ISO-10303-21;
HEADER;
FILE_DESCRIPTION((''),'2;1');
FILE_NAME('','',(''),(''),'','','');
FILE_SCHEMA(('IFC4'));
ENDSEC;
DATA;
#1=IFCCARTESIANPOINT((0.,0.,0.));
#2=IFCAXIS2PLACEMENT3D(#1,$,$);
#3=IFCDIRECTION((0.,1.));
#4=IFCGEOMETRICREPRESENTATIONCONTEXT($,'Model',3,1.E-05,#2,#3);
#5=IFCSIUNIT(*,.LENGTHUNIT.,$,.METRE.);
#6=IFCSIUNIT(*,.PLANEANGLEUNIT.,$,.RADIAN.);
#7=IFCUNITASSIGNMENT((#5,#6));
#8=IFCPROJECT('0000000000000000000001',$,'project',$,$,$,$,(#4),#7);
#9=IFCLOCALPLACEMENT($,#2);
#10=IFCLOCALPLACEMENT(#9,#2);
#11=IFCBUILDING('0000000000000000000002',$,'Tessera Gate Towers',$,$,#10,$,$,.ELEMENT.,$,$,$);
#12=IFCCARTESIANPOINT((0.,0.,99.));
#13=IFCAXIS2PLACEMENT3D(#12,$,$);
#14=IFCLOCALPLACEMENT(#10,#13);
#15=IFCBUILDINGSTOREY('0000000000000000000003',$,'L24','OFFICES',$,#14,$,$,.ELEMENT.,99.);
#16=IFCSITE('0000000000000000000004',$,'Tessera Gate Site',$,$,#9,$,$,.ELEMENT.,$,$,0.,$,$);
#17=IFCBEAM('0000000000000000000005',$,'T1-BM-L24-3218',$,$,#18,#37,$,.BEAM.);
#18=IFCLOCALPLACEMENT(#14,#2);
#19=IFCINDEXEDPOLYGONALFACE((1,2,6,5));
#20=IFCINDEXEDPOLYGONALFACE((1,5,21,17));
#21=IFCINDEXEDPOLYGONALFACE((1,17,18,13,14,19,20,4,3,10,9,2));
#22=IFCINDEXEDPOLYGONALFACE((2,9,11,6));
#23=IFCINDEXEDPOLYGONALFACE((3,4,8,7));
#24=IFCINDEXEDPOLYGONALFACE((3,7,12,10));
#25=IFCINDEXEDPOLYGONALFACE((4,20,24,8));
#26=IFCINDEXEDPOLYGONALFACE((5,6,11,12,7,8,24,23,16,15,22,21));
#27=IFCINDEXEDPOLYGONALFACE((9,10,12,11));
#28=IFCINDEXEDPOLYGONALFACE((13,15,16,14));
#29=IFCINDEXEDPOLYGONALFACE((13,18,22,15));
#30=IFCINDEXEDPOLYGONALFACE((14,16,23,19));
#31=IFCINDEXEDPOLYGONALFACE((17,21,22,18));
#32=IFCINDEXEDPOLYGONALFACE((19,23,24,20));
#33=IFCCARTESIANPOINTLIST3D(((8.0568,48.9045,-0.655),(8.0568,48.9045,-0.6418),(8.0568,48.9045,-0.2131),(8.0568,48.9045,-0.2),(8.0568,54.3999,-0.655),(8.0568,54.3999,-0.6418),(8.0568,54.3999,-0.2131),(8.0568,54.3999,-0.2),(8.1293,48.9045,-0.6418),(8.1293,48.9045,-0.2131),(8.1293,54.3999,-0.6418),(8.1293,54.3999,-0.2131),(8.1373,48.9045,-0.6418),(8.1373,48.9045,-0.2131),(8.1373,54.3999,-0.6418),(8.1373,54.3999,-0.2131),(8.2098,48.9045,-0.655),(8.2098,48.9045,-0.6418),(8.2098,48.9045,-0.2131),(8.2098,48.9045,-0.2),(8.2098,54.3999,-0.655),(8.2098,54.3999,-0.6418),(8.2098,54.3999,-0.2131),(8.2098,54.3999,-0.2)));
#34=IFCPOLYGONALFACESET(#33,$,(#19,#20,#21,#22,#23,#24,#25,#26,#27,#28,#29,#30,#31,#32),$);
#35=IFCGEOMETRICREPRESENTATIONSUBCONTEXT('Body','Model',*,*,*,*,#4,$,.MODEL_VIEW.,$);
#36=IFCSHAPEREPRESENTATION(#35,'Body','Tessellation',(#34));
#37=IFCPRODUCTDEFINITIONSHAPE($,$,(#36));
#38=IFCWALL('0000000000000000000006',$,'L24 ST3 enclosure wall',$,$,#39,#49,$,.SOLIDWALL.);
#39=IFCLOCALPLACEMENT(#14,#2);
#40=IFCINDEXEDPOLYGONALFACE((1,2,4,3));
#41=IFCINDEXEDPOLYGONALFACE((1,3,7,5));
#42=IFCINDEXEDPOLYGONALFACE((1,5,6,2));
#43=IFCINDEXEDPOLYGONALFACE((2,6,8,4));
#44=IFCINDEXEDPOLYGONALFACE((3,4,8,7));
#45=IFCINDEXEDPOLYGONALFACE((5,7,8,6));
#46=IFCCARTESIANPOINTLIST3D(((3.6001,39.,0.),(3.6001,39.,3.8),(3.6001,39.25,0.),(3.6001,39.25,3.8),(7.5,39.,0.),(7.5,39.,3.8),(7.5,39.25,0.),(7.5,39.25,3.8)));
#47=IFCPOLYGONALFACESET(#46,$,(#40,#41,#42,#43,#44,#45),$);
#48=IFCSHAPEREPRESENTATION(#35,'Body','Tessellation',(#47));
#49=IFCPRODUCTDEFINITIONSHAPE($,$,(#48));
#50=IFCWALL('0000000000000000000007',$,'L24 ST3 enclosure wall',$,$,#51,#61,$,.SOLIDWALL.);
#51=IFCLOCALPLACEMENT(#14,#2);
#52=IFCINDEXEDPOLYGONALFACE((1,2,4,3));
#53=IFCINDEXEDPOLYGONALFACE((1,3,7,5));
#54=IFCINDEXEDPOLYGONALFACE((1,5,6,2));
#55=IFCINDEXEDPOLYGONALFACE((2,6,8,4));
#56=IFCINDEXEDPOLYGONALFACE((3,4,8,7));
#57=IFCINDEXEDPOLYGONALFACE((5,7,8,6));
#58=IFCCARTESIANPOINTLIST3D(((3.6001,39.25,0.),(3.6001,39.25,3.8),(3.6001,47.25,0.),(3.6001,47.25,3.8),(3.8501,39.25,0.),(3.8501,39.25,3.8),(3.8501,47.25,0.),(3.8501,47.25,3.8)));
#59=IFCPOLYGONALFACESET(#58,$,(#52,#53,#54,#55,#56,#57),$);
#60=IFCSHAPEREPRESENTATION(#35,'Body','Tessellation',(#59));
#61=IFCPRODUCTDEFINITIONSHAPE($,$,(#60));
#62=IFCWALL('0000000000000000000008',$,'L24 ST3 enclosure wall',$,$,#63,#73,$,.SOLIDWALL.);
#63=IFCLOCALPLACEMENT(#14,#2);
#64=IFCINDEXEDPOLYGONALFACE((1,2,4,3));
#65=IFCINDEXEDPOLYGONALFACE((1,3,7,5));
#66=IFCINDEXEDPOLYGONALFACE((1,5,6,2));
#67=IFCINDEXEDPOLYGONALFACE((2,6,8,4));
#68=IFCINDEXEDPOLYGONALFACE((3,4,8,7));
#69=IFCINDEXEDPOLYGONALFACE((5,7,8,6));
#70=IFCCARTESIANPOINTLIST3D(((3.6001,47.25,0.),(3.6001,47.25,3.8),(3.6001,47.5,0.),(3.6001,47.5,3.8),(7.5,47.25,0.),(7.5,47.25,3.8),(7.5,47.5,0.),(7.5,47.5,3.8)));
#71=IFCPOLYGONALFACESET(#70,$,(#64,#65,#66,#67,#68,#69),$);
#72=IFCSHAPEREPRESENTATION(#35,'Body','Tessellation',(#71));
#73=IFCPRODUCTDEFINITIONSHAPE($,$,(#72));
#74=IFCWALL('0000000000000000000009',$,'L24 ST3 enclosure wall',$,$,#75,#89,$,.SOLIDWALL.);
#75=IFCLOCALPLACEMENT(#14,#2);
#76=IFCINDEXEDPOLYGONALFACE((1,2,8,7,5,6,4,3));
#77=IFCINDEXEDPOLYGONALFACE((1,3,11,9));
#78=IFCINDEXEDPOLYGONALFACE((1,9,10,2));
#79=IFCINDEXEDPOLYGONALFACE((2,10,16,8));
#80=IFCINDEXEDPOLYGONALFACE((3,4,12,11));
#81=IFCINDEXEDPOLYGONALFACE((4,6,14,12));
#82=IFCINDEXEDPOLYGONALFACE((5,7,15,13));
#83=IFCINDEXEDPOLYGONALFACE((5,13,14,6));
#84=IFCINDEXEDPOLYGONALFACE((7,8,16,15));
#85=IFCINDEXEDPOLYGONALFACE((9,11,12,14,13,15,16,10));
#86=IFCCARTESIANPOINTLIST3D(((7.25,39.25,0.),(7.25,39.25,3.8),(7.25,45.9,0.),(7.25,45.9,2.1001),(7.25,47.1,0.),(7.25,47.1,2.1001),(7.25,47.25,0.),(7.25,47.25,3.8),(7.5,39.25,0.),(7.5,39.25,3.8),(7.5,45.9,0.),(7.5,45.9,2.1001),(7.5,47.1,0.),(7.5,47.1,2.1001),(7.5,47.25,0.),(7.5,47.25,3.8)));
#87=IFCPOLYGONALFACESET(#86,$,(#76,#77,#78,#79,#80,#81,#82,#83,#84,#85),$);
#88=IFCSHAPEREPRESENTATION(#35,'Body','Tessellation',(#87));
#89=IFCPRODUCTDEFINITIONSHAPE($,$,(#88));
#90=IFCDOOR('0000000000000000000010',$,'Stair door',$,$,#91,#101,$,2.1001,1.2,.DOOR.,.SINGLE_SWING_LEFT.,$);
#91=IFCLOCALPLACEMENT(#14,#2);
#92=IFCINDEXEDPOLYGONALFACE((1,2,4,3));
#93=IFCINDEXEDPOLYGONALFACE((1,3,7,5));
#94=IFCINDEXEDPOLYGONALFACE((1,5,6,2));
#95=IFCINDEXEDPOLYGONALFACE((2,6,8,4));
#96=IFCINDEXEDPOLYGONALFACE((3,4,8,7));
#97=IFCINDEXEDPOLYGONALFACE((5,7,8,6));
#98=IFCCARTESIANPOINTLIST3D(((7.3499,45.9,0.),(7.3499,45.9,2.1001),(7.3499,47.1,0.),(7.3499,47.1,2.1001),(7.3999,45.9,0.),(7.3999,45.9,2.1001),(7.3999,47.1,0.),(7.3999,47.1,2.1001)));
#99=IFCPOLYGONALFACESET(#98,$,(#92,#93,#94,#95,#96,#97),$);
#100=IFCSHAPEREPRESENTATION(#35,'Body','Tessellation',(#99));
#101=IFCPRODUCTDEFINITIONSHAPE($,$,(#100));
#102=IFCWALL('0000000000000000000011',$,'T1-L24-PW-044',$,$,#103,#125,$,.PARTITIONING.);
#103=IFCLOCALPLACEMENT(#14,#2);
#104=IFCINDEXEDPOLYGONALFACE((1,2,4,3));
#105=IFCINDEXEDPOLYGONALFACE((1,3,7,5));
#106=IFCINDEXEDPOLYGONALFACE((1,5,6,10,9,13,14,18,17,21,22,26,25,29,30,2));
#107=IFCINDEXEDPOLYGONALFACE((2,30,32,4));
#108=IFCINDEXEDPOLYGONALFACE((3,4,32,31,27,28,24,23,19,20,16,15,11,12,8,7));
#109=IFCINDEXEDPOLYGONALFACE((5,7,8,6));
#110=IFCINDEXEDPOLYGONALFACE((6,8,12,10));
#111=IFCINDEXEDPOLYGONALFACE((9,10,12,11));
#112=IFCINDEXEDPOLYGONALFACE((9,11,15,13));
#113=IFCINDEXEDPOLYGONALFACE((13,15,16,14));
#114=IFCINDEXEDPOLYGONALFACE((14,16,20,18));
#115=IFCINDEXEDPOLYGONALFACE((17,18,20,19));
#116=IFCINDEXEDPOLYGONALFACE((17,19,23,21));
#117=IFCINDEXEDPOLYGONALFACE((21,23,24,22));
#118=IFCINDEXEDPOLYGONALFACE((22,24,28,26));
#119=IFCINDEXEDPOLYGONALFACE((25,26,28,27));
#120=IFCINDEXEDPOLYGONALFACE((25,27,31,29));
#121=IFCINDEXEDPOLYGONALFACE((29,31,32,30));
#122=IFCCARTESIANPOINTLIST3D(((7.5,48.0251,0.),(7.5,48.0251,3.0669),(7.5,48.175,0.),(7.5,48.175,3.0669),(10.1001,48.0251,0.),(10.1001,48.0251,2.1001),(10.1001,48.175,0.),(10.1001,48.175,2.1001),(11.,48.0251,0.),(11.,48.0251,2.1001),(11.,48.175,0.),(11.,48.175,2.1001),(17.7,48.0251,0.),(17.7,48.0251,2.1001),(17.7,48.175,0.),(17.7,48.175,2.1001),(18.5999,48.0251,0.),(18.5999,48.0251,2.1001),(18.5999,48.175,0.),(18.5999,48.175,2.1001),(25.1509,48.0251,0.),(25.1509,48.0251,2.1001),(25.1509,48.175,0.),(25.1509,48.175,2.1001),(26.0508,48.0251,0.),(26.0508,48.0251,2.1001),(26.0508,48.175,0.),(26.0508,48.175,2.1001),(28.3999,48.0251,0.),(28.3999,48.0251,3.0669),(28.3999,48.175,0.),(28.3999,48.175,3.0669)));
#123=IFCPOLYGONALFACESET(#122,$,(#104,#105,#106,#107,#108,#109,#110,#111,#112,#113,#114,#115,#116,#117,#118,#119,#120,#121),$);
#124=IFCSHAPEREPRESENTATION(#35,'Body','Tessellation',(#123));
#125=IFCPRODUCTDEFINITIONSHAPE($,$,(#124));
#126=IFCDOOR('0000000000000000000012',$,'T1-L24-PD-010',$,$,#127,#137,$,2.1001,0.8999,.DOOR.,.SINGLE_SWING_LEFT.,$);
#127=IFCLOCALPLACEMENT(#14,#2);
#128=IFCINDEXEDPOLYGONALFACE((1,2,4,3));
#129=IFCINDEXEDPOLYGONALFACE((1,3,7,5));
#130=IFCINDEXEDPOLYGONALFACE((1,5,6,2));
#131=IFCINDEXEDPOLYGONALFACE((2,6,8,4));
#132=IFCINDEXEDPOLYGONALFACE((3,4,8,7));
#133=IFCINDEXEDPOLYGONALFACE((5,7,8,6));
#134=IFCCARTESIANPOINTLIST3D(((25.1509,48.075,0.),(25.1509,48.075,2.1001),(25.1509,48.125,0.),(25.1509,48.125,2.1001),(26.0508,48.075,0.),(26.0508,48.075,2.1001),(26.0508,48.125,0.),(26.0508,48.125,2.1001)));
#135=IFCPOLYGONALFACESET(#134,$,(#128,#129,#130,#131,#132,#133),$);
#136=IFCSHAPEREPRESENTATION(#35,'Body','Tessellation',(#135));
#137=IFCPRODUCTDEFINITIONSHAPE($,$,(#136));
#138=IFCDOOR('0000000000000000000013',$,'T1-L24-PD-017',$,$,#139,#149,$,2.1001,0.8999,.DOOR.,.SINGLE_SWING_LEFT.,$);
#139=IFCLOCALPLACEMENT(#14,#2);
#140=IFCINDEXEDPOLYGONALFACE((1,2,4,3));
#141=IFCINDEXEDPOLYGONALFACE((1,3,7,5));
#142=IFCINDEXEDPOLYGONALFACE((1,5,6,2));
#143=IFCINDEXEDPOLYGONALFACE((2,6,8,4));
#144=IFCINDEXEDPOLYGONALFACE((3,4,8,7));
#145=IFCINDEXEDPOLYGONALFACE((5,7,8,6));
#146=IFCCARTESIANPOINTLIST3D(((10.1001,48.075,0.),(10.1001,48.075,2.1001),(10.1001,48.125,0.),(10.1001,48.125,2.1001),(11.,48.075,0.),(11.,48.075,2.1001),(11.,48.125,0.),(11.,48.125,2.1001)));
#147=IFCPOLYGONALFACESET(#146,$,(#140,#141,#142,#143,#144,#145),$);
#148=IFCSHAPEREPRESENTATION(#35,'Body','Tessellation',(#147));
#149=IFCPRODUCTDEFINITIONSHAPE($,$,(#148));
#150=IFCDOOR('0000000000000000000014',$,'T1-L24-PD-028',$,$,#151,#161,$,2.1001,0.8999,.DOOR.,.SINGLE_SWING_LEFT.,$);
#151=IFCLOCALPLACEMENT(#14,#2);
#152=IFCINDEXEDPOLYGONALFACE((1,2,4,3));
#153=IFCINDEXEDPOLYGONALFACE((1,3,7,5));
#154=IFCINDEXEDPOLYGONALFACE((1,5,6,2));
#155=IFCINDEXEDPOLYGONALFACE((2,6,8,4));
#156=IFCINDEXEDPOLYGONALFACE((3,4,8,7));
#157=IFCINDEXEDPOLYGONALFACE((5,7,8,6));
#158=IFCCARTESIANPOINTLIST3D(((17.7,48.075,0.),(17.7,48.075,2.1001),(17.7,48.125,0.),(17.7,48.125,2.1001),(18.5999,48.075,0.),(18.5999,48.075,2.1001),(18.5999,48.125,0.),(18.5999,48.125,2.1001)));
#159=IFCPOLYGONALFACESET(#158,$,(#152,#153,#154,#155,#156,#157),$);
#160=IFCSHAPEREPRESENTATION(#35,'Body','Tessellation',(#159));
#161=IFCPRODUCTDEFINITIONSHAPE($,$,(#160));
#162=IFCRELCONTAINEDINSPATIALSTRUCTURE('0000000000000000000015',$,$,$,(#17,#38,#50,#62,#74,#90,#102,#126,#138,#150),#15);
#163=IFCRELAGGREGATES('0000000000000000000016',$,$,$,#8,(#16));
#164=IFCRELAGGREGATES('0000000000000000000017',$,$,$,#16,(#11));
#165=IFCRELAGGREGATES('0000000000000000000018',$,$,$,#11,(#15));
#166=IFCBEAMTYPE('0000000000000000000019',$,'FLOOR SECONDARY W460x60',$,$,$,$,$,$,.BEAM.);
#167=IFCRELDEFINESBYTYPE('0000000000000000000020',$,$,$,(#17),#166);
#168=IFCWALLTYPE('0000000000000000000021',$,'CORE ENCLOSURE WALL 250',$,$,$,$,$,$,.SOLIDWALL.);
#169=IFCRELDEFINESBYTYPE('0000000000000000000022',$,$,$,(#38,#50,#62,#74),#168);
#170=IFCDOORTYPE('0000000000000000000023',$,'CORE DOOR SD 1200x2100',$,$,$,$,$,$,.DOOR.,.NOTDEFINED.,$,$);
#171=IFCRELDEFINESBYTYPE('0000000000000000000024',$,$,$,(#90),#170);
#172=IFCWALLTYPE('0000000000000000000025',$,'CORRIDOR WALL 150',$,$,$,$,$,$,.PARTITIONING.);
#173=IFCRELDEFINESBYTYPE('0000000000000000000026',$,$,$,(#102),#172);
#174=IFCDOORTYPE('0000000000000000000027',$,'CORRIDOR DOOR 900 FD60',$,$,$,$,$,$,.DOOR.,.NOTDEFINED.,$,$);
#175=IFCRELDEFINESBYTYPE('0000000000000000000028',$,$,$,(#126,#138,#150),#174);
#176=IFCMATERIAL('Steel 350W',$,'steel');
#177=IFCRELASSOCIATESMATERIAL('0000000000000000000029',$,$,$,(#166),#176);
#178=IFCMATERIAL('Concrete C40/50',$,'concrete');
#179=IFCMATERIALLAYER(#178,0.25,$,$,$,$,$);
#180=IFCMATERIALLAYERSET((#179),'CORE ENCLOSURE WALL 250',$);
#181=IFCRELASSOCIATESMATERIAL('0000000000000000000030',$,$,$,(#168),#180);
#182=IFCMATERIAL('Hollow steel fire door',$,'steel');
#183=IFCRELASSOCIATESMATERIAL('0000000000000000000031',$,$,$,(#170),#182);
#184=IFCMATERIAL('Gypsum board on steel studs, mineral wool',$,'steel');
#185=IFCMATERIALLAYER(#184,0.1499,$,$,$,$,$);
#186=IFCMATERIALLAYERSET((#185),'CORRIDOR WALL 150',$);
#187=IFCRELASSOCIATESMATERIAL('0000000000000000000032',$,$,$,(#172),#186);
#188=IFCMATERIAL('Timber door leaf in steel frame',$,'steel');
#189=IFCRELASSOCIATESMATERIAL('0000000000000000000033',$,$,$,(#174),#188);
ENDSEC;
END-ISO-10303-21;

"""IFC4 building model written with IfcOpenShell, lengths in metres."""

from ifc_helpers import new_model, si_unit, direction, frame, frame_2d, origin, origin_2d, place, context, subcontext, project, spatial, rectangle, i_section, extrude, source, transform, mapped, material, layer, layer_set, material_profile, profile_set, type_object, element, fill, save


model = new_model("IFC4")

# Units and contexts
model_context = context("Model", 3, precision=1e-05, world=origin(), true_north=direction((0.0, 1.0)))
body_context = subcontext(model_context, "Body", "Model", "MODEL_VIEW")
ifc_project = project(units=[si_unit("LENGTHUNIT", "METRE"), si_unit("PLANEANGLEUNIT", "RADIAN")], contexts=[model_context])

# Site, building, storey
site_placement = place(None, origin())
site = spatial("IfcSite", under=ifc_project, at=site_placement, Name="Tessera Gate Site", CompositionType="ELEMENT", RefElevation=0.0)
building_placement = place(site_placement, origin())
building = spatial("IfcBuilding", under=site, at=building_placement, Name="Tessera Gate Towers", CompositionType="ELEMENT")
storey_placement = place(building_placement, frame((0.0, 0.0, 99.0)))
storey = spatial("IfcBuildingStorey", under=building, at=storey_placement, Name="L24", Description="OFFICES", CompositionType="ELEMENT", Elevation=99.0)

# Beam
ifc_material_1 = material(Name="Steel 350W", Category="steel")
ifc_material_profile_1 = material_profile(ifc_material_1, i_section(OverallWidth=0.1531, OverallDepth=0.4551, WebThickness=0.0081, FlangeThickness=0.0132, at=origin_2d()), Name="W460x60")
ifc_profile_set_1 = profile_set([ifc_material_profile_1], Name="Steel 350W")
beam_type_1 = type_object("IfcBeamType", Name="FLOOR SECONDARY W460x60", PredefinedType="BEAM", material=ifc_profile_set_1)
beam_1_placement = place(storey_placement, frame((8.1333, 48.9045, -0.4275), z_axis=(0.0, 1.0, 0.0), x_axis=(-1.0, 0.0, 0.0)))
element("IfcBeam", 1, at=beam_1_placement, inside=storey, type_object=beam_type_1, Name="T1-BM-L24-3218", PredefinedType="BEAM", context=body_context, shape_type="SweptSolid", body=[
    extrude(i_section(OverallWidth=0.1531, OverallDepth=0.4551, WebThickness=0.0081, FlangeThickness=0.0132, at=origin_2d()), origin(), (0.0, 0.0, 1.0), 5.4954),
])

# Walls
ifc_material_2 = material(Name="Concrete C40/50", Category="concrete")
ifc_layer_1 = layer(ifc_material_2, 0.25)
ifc_layer_set_1 = layer_set([ifc_layer_1], Name="CORE ENCLOSURE WALL 250")
wall_type_1 = type_object("IfcWallType", Name="CORE ENCLOSURE WALL 250", PredefinedType="SOLIDWALL", material=ifc_layer_set_1)
wall_1_placement = place(storey_placement, frame((7.5, 39.125, 0.0), z_axis=(0.0, 0.0, 1.0), x_axis=(-1.0, 0.0, 0.0)))
element("IfcWall", 2, at=wall_1_placement, inside=storey, type_object=wall_type_1, Name="L24 ST3 enclosure wall", PredefinedType="SOLIDWALL", context=body_context, shape_type="SweptSolid", body=[
    extrude(rectangle(XDim=3.8999, YDim=0.25, at=frame_2d((1.95, 0.0))), origin(), (0.0, 0.0, 1.0), 3.8),
])
wall_2_placement = place(storey_placement, frame((3.7251, 39.25, 0.0), z_axis=(0.0, 0.0, 1.0), x_axis=(0.0, 1.0, 0.0)))
element("IfcWall", 3, at=wall_2_placement, inside=storey, type_object=wall_type_1, Name="L24 ST3 enclosure wall", PredefinedType="SOLIDWALL", context=body_context, shape_type="SweptSolid", body=[
    extrude(rectangle(XDim=8.0, YDim=0.25, at=frame_2d((4.0, 0.0))), origin(), (0.0, 0.0, 1.0), 3.8),
])
wall_3_placement = place(storey_placement, frame((3.6001, 47.375, 0.0), z_axis=(0.0, 0.0, 1.0), x_axis=(1.0, 0.0, 0.0)))
element("IfcWall", 4, at=wall_3_placement, inside=storey, type_object=wall_type_1, Name="L24 ST3 enclosure wall", PredefinedType="SOLIDWALL", context=body_context, shape_type="SweptSolid", body=[
    extrude(rectangle(XDim=3.8999, YDim=0.25, at=frame_2d((1.95, 0.0))), origin(), (0.0, 0.0, 1.0), 3.8),
])

# Wall, opening, door
wall_4_placement = place(storey_placement, frame((7.375, 47.25, 0.0), z_axis=(0.0, 0.0, 1.0), x_axis=(0.0, -1.0, 0.0)))
wall_4 = element("IfcWall", 5, at=wall_4_placement, inside=storey, type_object=wall_type_1, Name="L24 ST3 enclosure wall", PredefinedType="SOLIDWALL", context=body_context, shape_type="SweptSolid", body=[
    extrude(rectangle(XDim=8.0, YDim=0.25, at=frame_2d((4.0, 0.0))), origin(), (0.0, 0.0, 1.0), 3.8),
])
shared_shape_1 = source(origin(), body_context, "Body", "SweptSolid", [
    extrude(rectangle(XDim=1.2, YDim=2.1001, at=frame_2d((0.6001, 1.05))), frame((0.0, 0.135, 0.0), z_axis=(0.0, -1.0, 0.0), x_axis=(1.0, 0.0, 0.0)), (0.0, 0.0, 1.0), 0.27),
])
opening_1_placement = place(wall_4_placement, frame((0.1499, 0.0, 0.0)))
opening_1 = element("IfcOpeningElement", 6, at=opening_1_placement, cuts=wall_4, PredefinedType="OPENING", context=body_context, shape_type="MappedRepresentation", body=[
    mapped(shared_shape_1, transform((0.0, 0.0, 0.0), scale=1.0)),
])
ifc_material_3 = material(Name="Hollow steel fire door", Category="steel")
door_type_1 = type_object("IfcDoorType", Name="CORE DOOR SD 1200x2100", OperationType="NOTDEFINED", PredefinedType="DOOR", material=ifc_material_3)
shared_shape_2 = source(origin(), body_context, "Body", "SweptSolid", [
    extrude(rectangle(XDim=1.2, YDim=2.1001, at=frame_2d((0.6001, 1.05))), frame((0.0, 0.0249, 0.0), z_axis=(0.0, -1.0, 0.0), x_axis=(1.0, 0.0, 0.0)), (0.0, 0.0, 1.0), 0.05),
])
door_1_placement = place(opening_1_placement, origin())
door_1 = element("IfcDoor", 7, at=door_1_placement, inside=storey, type_object=door_type_1, Name="Stair door", OperationType="SINGLE_SWING_LEFT", OverallHeight=2.1001, OverallWidth=1.2, PredefinedType="DOOR", context=body_context, shape_type="MappedRepresentation", body=[
    mapped(shared_shape_2, transform((0.0, 0.0, 0.0), scale=1.0)),
])
fill(opening_1, door_1)

# Wall, openings, doors
ifc_material_4 = material(Name="Gypsum board on steel studs, mineral wool", Category="steel")
ifc_layer_2 = layer(ifc_material_4, 0.1499)
ifc_layer_set_2 = layer_set([ifc_layer_2], Name="CORRIDOR WALL 150")
wall_type_2 = type_object("IfcWallType", Name="CORRIDOR WALL 150", PredefinedType="PARTITIONING", material=ifc_layer_set_2)
wall_5_placement = place(storey_placement, frame((7.5, 48.1001, 0.0), z_axis=(0.0, 0.0, 1.0), x_axis=(1.0, 0.0, 0.0)))
wall_5 = element("IfcWall", 8, at=wall_5_placement, inside=storey, type_object=wall_type_2, Name="T1-L24-PW-044", PredefinedType="PARTITIONING", context=body_context, shape_type="SweptSolid", body=[
    extrude(rectangle(XDim=20.8999, YDim=0.1499, at=frame_2d((10.45, 0.0))), origin(), (0.0, 0.0, 1.0), 3.0669),
])
shared_shape_3 = source(origin(), body_context, "Body", "SweptSolid", [
    extrude(rectangle(XDim=0.8999, YDim=2.1001, at=frame_2d((0.45, 1.05))), frame((0.0, 0.085, 0.0), z_axis=(0.0, -1.0, 0.0), x_axis=(1.0, 0.0, 0.0)), (0.0, 0.0, 1.0), 0.1699),
])
opening_2_placement = place(wall_5_placement, frame((17.6509, 0.0, 0.0)))
opening_2 = element("IfcOpeningElement", 9, at=opening_2_placement, cuts=wall_5, PredefinedType="OPENING", context=body_context, shape_type="MappedRepresentation", body=[
    mapped(shared_shape_3, transform((0.0, 0.0, 0.0), scale=1.0)),
])
opening_3_placement = place(wall_5_placement, frame((2.6001, 0.0, 0.0)))
opening_3 = element("IfcOpeningElement", 10, at=opening_3_placement, cuts=wall_5, PredefinedType="OPENING", context=body_context, shape_type="MappedRepresentation", body=[
    mapped(shared_shape_3, transform((0.0, 0.0, 0.0), scale=1.0)),
])
opening_4_placement = place(wall_5_placement, frame((10.2, 0.0, 0.0)))
opening_4 = element("IfcOpeningElement", 11, at=opening_4_placement, cuts=wall_5, PredefinedType="OPENING", context=body_context, shape_type="MappedRepresentation", body=[
    mapped(shared_shape_3, transform((0.0, 0.0, 0.0), scale=1.0)),
])
ifc_material_5 = material(Name="Timber door leaf in steel frame", Category="steel")
door_type_2 = type_object("IfcDoorType", Name="CORRIDOR DOOR 900 FD60", OperationType="NOTDEFINED", PredefinedType="DOOR", material=ifc_material_5)
shared_shape_4 = source(origin(), body_context, "Body", "SweptSolid", [
    extrude(rectangle(XDim=0.8999, YDim=2.1001, at=frame_2d((0.45, 1.05))), frame((0.0, 0.0249, 0.0), z_axis=(0.0, -1.0, 0.0), x_axis=(1.0, 0.0, 0.0)), (0.0, 0.0, 1.0), 0.05),
])
door_2_placement = place(opening_2_placement, origin())
door_2 = element("IfcDoor", 12, at=door_2_placement, inside=storey, type_object=door_type_2, Name="T1-L24-PD-010", OperationType="SINGLE_SWING_LEFT", OverallHeight=2.1001, OverallWidth=0.8999, PredefinedType="DOOR", context=body_context, shape_type="MappedRepresentation", body=[
    mapped(shared_shape_4, transform((0.0, 0.0, 0.0), scale=1.0)),
])
fill(opening_2, door_2)
door_3_placement = place(opening_3_placement, origin())
door_3 = element("IfcDoor", 13, at=door_3_placement, inside=storey, type_object=door_type_2, Name="T1-L24-PD-017", OperationType="SINGLE_SWING_LEFT", OverallHeight=2.1001, OverallWidth=0.8999, PredefinedType="DOOR", context=body_context, shape_type="MappedRepresentation", body=[
    mapped(shared_shape_4, transform((0.0, 0.0, 0.0), scale=1.0)),
])
fill(opening_3, door_3)
door_4_placement = place(opening_4_placement, origin())
door_4 = element("IfcDoor", 14, at=door_4_placement, inside=storey, type_object=door_type_2, Name="T1-L24-PD-028", OperationType="SINGLE_SWING_LEFT", OverallHeight=2.1001, OverallWidth=0.8999, PredefinedType="DOOR", context=body_context, shape_type="MappedRepresentation", body=[
    mapped(shared_shape_4, transform((0.0, 0.0, 0.0), scale=1.0)),
])
fill(opening_4, door_4)

save(model, "model.ifc")
